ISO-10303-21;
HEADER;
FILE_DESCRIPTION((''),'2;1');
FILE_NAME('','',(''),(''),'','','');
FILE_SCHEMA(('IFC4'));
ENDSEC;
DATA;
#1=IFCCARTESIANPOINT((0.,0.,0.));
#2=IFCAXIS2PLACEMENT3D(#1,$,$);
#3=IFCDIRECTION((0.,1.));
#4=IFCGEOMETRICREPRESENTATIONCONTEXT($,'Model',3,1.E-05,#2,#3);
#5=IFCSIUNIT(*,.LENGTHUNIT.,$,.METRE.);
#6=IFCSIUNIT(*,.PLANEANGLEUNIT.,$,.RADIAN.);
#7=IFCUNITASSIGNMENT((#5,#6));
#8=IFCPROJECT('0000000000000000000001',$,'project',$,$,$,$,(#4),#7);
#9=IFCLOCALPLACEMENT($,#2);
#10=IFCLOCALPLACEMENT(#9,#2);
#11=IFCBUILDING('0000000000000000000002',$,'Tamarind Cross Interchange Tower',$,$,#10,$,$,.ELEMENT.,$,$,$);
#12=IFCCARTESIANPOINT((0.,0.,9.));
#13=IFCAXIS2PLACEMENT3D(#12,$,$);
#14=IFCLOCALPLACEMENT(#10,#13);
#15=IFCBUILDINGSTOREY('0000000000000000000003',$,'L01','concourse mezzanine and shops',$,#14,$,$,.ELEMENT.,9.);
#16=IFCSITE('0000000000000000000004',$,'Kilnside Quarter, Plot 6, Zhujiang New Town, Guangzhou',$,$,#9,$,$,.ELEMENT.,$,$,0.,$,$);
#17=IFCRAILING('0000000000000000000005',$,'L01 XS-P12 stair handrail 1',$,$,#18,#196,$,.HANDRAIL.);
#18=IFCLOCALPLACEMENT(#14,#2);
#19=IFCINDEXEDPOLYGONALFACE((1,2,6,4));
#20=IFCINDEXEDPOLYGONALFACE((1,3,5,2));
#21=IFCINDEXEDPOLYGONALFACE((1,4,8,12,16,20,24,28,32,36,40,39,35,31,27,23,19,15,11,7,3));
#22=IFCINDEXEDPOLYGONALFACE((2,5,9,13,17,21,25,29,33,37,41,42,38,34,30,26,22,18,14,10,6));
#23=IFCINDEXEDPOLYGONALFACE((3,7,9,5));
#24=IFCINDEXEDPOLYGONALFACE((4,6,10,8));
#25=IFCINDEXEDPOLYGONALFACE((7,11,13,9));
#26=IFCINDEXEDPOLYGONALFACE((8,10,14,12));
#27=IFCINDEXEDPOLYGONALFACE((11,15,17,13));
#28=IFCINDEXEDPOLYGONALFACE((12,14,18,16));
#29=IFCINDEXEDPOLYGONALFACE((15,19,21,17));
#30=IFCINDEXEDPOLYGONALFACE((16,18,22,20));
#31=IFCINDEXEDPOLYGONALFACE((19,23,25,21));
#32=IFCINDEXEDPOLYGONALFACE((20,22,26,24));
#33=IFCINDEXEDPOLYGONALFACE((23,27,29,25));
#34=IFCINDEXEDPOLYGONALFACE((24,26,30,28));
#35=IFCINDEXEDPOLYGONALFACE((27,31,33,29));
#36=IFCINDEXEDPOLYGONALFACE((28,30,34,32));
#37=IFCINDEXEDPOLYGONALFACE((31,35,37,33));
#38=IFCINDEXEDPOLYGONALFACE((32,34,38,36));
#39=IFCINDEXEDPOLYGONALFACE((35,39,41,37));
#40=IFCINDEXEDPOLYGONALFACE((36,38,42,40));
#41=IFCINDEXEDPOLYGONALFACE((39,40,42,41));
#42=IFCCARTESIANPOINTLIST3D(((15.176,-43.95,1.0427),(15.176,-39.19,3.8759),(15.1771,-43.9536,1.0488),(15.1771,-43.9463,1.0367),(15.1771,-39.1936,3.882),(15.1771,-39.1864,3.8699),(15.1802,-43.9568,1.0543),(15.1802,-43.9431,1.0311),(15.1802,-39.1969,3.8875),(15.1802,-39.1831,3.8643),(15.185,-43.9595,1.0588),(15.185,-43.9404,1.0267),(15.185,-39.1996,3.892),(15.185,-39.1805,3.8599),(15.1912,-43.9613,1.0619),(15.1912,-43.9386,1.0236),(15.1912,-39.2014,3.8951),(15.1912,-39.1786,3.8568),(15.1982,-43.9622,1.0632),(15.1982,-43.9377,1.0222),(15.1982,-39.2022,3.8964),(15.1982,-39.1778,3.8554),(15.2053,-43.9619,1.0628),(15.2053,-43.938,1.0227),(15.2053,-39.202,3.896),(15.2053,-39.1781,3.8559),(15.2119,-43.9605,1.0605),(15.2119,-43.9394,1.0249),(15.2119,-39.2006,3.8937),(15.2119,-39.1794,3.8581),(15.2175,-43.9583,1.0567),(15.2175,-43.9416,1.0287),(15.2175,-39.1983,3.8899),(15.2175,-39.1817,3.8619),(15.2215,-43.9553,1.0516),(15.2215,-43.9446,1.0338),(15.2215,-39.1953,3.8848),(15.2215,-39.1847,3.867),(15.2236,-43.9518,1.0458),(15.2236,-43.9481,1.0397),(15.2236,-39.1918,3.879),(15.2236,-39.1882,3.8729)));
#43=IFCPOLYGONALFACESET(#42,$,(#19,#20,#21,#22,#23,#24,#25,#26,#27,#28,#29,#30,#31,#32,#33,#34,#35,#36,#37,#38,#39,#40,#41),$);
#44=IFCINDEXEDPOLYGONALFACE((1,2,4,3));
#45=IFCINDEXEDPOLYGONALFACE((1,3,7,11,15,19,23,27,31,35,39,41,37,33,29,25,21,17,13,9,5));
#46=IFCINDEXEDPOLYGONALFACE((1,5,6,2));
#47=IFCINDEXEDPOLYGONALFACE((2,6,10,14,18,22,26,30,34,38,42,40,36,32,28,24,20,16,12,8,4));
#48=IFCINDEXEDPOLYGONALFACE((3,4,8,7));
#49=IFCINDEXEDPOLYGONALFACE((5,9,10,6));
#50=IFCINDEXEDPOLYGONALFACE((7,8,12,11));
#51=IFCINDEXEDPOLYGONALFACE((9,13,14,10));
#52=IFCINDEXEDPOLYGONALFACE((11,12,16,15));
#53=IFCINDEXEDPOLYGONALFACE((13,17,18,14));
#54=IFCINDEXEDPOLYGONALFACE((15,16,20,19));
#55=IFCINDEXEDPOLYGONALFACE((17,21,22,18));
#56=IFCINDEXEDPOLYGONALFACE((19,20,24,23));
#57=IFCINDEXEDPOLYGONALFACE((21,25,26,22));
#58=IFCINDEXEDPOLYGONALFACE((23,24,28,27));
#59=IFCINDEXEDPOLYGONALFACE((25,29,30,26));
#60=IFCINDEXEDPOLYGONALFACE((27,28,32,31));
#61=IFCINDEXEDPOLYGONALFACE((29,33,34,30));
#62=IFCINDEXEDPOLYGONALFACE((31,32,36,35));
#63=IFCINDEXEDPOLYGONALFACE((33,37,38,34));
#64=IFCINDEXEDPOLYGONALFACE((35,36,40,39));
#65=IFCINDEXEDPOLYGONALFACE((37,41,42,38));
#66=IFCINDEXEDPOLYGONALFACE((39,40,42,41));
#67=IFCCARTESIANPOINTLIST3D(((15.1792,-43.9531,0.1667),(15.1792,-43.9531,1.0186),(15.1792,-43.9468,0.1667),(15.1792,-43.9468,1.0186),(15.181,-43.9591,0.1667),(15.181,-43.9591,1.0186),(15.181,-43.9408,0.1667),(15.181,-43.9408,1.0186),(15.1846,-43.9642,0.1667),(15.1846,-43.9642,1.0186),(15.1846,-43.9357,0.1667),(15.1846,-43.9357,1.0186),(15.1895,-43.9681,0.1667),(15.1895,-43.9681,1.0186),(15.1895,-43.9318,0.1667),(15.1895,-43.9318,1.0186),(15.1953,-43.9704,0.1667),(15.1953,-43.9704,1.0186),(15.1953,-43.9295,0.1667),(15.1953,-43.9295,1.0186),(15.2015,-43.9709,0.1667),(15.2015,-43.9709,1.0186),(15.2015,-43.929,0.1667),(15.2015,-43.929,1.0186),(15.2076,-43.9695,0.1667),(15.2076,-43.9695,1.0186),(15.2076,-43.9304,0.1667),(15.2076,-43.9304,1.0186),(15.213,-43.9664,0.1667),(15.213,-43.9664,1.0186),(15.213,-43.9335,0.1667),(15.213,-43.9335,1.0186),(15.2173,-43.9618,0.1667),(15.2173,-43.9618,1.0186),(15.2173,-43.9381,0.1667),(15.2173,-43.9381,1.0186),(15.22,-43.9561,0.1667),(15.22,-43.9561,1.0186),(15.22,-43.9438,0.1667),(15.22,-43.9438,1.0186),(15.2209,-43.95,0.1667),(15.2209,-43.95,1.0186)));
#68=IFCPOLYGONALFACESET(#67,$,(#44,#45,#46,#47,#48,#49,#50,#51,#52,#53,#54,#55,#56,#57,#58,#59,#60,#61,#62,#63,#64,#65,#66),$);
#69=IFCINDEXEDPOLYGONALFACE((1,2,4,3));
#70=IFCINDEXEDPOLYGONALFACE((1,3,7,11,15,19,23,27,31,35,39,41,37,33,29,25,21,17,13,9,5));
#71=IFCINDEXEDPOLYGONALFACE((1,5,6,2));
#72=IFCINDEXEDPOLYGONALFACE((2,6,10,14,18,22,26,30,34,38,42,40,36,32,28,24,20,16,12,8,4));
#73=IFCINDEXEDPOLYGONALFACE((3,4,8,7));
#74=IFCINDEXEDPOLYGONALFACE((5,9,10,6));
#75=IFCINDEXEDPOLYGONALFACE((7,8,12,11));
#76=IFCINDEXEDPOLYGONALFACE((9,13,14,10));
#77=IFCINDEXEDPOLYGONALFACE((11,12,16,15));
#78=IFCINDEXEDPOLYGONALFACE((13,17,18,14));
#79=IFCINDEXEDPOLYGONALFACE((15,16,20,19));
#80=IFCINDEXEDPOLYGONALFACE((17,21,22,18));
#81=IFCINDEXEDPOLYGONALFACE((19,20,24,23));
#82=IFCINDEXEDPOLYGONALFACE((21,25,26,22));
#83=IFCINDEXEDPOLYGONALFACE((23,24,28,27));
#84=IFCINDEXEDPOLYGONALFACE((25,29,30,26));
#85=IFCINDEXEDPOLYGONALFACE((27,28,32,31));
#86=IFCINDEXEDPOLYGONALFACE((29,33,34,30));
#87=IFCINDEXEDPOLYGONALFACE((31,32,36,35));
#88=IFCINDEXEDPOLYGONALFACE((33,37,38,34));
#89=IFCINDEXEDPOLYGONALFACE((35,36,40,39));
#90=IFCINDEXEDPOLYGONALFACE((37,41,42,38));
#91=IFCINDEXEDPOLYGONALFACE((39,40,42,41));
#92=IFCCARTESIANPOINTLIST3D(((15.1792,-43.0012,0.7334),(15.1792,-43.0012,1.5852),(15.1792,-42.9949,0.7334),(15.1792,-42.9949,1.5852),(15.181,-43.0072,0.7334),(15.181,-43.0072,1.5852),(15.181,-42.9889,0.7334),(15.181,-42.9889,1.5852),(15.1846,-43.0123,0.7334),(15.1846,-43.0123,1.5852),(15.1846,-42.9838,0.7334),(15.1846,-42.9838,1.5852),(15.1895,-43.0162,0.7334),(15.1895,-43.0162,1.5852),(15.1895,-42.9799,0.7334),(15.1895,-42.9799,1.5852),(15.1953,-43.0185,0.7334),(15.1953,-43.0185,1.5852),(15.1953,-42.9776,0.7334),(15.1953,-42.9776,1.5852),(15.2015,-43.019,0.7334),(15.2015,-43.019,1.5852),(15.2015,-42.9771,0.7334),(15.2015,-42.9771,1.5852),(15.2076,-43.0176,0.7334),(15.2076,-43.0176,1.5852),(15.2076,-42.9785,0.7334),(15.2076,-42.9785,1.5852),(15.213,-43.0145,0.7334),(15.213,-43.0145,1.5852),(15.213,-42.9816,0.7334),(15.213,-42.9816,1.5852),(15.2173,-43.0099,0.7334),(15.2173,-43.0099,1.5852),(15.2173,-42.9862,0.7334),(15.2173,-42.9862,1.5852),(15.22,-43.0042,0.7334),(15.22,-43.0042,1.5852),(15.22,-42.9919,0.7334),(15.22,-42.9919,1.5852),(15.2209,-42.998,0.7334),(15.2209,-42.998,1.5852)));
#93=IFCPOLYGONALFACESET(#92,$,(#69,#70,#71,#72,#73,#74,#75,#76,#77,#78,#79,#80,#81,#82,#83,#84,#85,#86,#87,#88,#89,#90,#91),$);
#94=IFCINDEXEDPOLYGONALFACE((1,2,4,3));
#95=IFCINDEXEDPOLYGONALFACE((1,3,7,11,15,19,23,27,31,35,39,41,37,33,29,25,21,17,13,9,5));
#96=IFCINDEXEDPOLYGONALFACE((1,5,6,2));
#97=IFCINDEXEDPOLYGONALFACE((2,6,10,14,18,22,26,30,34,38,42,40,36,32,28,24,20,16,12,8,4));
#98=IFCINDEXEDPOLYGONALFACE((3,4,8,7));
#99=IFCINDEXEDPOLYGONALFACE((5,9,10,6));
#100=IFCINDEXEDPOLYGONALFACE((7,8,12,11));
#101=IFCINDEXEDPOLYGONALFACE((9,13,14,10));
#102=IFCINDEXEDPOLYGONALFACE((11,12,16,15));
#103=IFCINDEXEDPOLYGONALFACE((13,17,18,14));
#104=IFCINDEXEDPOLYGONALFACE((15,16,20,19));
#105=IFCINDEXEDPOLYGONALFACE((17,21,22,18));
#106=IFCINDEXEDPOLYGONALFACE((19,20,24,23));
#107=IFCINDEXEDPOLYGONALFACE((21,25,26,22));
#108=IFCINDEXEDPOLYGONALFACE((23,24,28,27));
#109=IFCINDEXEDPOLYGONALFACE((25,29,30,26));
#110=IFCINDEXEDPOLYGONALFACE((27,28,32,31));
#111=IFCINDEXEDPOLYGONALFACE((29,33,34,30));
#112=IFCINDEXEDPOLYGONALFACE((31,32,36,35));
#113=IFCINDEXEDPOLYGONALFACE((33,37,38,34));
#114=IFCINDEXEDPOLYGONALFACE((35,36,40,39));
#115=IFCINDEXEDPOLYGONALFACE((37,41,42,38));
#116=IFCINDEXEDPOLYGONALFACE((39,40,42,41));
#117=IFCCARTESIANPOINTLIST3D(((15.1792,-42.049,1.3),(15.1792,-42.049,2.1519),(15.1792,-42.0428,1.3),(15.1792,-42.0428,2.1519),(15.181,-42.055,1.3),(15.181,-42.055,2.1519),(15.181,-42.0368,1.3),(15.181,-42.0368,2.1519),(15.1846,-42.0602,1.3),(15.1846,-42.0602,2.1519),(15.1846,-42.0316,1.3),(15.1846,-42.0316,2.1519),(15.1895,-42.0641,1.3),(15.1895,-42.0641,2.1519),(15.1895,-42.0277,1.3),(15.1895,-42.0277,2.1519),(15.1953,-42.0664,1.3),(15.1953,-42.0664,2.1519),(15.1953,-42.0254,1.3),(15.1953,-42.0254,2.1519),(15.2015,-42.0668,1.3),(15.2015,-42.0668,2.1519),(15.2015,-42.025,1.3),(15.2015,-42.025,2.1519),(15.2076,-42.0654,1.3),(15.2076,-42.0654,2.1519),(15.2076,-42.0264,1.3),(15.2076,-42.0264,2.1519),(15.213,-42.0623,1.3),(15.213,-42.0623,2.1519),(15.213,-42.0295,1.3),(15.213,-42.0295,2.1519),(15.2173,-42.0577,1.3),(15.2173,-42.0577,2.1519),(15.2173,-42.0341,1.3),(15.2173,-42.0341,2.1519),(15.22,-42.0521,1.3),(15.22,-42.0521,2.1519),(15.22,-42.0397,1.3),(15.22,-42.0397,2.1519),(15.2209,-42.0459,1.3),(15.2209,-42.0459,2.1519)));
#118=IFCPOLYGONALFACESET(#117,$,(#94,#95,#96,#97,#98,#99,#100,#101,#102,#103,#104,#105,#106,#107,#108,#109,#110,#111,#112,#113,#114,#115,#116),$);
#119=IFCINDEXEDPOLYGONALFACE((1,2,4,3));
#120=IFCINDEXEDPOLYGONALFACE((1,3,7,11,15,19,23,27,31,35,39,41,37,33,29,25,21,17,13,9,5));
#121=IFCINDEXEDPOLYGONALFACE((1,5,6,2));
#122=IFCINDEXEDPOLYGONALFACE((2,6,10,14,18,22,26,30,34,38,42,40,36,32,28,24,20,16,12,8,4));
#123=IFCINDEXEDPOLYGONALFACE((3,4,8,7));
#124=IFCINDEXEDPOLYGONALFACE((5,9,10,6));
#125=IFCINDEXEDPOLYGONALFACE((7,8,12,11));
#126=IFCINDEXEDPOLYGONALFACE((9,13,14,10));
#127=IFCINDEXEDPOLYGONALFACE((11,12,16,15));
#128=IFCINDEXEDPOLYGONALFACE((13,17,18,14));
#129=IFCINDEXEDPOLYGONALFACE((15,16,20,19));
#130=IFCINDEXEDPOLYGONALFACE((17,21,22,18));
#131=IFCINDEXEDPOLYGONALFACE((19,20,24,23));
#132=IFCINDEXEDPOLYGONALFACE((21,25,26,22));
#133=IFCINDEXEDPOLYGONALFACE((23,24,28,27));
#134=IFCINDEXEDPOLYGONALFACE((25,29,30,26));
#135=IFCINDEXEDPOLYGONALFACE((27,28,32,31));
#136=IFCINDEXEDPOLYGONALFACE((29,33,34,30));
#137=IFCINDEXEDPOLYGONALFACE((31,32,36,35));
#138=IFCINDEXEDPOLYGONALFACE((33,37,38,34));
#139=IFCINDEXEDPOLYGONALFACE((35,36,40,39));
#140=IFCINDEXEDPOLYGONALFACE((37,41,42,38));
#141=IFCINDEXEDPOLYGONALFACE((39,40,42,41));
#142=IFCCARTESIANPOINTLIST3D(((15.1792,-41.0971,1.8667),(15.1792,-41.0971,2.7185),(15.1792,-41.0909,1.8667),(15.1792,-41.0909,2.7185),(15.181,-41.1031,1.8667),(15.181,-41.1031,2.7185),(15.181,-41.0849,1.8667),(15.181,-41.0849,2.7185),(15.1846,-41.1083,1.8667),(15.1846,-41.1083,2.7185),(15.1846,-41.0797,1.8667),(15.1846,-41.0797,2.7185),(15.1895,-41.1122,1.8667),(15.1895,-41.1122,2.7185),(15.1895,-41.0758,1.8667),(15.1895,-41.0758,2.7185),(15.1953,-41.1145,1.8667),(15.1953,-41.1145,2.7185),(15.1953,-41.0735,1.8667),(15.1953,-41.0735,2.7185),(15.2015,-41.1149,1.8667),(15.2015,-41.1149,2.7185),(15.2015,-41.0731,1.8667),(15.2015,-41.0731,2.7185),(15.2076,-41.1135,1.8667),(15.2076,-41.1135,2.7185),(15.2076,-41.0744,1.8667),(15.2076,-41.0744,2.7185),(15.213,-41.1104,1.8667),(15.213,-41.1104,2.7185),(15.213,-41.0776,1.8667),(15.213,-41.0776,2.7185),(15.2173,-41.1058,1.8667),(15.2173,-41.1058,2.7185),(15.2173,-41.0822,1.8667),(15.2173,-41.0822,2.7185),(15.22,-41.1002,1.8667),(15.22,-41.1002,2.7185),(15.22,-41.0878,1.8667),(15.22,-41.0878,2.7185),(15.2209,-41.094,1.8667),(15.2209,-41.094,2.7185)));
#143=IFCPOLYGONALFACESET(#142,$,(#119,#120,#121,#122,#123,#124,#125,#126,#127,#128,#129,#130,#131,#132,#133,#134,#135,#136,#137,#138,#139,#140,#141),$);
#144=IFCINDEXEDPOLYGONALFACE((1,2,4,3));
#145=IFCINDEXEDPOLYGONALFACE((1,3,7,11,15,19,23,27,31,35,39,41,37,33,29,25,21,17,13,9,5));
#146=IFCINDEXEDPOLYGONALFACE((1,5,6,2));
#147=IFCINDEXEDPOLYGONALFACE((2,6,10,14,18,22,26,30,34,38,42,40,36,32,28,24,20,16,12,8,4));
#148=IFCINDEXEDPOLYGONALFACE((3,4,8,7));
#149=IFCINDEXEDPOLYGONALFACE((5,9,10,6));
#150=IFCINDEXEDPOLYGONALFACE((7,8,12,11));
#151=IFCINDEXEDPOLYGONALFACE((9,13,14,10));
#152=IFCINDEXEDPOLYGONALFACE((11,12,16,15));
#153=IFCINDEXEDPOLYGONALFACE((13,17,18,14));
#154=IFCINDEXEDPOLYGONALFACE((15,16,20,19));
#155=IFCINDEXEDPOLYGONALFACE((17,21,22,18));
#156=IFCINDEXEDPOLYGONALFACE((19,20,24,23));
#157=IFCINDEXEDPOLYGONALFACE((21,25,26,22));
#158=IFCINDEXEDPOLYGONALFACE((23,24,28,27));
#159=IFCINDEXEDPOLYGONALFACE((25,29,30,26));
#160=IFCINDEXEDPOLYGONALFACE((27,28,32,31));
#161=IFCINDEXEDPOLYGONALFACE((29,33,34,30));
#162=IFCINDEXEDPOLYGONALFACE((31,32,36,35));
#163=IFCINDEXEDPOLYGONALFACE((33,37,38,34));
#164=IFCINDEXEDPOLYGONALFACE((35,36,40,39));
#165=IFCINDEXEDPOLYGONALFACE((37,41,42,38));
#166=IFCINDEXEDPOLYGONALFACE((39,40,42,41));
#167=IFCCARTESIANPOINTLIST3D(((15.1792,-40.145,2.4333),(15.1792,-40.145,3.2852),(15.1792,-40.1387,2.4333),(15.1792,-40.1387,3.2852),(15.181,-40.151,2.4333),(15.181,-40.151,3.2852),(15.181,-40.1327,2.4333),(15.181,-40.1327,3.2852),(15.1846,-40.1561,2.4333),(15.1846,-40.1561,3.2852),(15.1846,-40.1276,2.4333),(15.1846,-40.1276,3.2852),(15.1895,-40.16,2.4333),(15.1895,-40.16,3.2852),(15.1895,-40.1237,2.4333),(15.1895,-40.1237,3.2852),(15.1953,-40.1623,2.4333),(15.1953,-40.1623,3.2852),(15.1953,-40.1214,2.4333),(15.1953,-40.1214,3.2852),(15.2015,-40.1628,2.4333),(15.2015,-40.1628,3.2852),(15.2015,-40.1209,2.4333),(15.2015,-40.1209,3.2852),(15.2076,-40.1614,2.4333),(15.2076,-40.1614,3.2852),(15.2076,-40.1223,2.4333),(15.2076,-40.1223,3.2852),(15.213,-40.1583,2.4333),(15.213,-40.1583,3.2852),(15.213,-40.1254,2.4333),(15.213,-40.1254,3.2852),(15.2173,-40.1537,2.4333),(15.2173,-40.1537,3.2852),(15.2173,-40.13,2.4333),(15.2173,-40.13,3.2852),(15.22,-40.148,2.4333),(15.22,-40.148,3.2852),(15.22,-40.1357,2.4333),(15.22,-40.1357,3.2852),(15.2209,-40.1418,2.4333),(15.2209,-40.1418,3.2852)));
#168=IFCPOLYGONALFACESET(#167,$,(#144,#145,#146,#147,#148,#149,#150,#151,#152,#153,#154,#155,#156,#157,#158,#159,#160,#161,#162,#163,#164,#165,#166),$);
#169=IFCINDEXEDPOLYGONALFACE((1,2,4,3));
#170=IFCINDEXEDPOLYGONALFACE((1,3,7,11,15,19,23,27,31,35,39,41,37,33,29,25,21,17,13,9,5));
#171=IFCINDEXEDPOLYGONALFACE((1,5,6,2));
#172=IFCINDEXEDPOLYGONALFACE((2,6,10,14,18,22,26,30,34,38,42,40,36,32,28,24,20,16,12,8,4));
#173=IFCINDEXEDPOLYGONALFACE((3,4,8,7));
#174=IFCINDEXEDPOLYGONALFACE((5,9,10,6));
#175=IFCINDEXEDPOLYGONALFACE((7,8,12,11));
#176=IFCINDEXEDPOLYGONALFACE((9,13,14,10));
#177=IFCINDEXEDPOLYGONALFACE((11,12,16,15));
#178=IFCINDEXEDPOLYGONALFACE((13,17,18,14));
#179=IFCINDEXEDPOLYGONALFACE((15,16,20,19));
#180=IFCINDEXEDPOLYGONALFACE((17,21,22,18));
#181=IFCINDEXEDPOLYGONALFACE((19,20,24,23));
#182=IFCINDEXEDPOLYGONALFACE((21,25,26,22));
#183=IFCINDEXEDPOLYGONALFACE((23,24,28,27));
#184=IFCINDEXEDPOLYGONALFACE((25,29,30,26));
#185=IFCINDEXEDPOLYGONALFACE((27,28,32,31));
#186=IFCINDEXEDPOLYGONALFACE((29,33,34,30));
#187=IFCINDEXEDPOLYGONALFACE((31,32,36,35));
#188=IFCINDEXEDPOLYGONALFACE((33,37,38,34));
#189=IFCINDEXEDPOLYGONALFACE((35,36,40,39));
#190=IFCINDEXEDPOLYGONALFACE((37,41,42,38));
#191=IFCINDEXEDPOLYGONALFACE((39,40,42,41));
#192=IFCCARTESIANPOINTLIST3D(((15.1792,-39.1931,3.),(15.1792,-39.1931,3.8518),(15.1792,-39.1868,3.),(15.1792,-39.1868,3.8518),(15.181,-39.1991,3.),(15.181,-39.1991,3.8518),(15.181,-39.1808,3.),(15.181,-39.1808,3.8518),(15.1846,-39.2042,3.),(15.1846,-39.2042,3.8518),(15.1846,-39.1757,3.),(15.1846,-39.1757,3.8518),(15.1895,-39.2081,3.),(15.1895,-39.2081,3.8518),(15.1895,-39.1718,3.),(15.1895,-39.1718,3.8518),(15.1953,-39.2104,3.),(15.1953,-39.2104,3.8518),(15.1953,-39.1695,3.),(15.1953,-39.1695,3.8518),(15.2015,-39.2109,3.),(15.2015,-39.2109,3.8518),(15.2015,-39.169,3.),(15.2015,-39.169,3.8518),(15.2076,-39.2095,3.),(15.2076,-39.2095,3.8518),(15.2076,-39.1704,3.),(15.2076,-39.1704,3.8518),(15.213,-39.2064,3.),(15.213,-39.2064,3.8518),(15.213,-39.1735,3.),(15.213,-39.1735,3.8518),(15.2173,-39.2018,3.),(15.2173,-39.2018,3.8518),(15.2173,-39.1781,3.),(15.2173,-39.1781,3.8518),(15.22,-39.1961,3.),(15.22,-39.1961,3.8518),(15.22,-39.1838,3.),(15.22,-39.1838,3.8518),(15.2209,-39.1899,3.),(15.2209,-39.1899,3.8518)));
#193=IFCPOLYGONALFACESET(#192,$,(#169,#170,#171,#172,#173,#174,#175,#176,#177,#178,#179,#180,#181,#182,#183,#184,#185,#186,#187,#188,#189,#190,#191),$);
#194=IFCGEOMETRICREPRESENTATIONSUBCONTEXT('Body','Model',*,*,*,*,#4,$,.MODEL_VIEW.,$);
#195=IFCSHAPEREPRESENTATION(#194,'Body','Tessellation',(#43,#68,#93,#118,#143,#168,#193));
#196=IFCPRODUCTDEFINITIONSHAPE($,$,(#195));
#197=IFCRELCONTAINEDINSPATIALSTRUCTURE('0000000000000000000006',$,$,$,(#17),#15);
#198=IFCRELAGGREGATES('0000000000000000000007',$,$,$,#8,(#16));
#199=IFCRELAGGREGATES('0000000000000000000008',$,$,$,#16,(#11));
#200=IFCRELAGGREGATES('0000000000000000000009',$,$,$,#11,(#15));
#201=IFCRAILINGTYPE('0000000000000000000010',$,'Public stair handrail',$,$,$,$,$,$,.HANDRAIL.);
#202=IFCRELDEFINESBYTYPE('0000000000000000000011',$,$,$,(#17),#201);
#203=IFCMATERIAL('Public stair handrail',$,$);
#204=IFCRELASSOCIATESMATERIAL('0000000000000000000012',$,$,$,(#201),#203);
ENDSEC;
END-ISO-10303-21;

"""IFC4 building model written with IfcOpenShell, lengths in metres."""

from ifc_helpers import new_model, si_unit, direction, frame, origin, origin_2d, place, context, subcontext, project, spatial, circle, extrude, material, type_object, element, save


model = new_model("IFC4")

# Units and contexts
model_context = context("Model", 3, precision=1e-05, world=origin(), true_north=direction((0.0, 1.0)))
body_context = subcontext(model_context, "Body", "Model", "MODEL_VIEW")
ifc_project = project(units=[si_unit("LENGTHUNIT", "METRE"), si_unit("PLANEANGLEUNIT", "RADIAN")], contexts=[model_context])

# Site, building, storey
site_placement = place(None, origin())
site = spatial("IfcSite", under=ifc_project, at=site_placement, Name="Kilnside Quarter, Plot 6, Zhujiang New Town, Guangzhou", CompositionType="ELEMENT", RefElevation=0.0)
building_placement = place(site_placement, origin())
building = spatial("IfcBuilding", under=site, at=building_placement, Name="Tamarind Cross Interchange Tower", CompositionType="ELEMENT")
storey_placement = place(building_placement, frame((0.0, 0.0, 9.0)))
storey = spatial("IfcBuildingStorey", under=building, at=storey_placement, Name="L01", Description="concourse mezzanine and shops", CompositionType="ELEMENT", Elevation=9.0)

# Railing
ifc_material_1 = material(Name="Public stair handrail")
railing_type_1 = type_object("IfcRailingType", Name="Public stair handrail", PredefinedType="HANDRAIL", material=ifc_material_1)
railing_1_placement = place(storey_placement, frame((15.2, -43.95, 0.1667)))
element("IfcRailing", 1, at=railing_1_placement, inside=storey, type_object=railing_type_1, Name="L01 XS-P12 stair handrail 1", PredefinedType="HANDRAIL", context=body_context, shape_type="SweptSolid", body=[
    extrude(circle(Radius=0.0239, at=origin_2d()), frame((0.0, 0.0, 0.876), z_axis=(0.0, 0.8593, 0.511472), x_axis=(-1.0, 0.0, 0.0)), (0.0, 0.0, 1.0), 5.5393),
    extrude(circle(Radius=0.021, at=origin_2d()), origin(), (0.0, 0.0, 1.0), 0.8518),
    extrude(circle(Radius=0.021, at=origin_2d()), frame((0.0, 0.9519, 0.5667)), (0.0, 0.0, 1.0), 0.8518),
    extrude(circle(Radius=0.021, at=origin_2d()), frame((0.0, 1.9041, 1.1333)), (0.0, 0.0, 1.0), 0.8518),
    extrude(circle(Radius=0.021, at=origin_2d()), frame((0.0, 2.856, 1.7)), (0.0, 0.0, 1.0), 0.8518),
    extrude(circle(Radius=0.021, at=origin_2d()), frame((0.0, 3.8081, 2.2666)), (0.0, 0.0, 1.0), 0.8518),
    extrude(circle(Radius=0.021, at=origin_2d()), frame((0.0, 4.76, 2.8333)), (0.0, 0.0, 1.0), 0.8518),
])

save(model, "model.ifc")
